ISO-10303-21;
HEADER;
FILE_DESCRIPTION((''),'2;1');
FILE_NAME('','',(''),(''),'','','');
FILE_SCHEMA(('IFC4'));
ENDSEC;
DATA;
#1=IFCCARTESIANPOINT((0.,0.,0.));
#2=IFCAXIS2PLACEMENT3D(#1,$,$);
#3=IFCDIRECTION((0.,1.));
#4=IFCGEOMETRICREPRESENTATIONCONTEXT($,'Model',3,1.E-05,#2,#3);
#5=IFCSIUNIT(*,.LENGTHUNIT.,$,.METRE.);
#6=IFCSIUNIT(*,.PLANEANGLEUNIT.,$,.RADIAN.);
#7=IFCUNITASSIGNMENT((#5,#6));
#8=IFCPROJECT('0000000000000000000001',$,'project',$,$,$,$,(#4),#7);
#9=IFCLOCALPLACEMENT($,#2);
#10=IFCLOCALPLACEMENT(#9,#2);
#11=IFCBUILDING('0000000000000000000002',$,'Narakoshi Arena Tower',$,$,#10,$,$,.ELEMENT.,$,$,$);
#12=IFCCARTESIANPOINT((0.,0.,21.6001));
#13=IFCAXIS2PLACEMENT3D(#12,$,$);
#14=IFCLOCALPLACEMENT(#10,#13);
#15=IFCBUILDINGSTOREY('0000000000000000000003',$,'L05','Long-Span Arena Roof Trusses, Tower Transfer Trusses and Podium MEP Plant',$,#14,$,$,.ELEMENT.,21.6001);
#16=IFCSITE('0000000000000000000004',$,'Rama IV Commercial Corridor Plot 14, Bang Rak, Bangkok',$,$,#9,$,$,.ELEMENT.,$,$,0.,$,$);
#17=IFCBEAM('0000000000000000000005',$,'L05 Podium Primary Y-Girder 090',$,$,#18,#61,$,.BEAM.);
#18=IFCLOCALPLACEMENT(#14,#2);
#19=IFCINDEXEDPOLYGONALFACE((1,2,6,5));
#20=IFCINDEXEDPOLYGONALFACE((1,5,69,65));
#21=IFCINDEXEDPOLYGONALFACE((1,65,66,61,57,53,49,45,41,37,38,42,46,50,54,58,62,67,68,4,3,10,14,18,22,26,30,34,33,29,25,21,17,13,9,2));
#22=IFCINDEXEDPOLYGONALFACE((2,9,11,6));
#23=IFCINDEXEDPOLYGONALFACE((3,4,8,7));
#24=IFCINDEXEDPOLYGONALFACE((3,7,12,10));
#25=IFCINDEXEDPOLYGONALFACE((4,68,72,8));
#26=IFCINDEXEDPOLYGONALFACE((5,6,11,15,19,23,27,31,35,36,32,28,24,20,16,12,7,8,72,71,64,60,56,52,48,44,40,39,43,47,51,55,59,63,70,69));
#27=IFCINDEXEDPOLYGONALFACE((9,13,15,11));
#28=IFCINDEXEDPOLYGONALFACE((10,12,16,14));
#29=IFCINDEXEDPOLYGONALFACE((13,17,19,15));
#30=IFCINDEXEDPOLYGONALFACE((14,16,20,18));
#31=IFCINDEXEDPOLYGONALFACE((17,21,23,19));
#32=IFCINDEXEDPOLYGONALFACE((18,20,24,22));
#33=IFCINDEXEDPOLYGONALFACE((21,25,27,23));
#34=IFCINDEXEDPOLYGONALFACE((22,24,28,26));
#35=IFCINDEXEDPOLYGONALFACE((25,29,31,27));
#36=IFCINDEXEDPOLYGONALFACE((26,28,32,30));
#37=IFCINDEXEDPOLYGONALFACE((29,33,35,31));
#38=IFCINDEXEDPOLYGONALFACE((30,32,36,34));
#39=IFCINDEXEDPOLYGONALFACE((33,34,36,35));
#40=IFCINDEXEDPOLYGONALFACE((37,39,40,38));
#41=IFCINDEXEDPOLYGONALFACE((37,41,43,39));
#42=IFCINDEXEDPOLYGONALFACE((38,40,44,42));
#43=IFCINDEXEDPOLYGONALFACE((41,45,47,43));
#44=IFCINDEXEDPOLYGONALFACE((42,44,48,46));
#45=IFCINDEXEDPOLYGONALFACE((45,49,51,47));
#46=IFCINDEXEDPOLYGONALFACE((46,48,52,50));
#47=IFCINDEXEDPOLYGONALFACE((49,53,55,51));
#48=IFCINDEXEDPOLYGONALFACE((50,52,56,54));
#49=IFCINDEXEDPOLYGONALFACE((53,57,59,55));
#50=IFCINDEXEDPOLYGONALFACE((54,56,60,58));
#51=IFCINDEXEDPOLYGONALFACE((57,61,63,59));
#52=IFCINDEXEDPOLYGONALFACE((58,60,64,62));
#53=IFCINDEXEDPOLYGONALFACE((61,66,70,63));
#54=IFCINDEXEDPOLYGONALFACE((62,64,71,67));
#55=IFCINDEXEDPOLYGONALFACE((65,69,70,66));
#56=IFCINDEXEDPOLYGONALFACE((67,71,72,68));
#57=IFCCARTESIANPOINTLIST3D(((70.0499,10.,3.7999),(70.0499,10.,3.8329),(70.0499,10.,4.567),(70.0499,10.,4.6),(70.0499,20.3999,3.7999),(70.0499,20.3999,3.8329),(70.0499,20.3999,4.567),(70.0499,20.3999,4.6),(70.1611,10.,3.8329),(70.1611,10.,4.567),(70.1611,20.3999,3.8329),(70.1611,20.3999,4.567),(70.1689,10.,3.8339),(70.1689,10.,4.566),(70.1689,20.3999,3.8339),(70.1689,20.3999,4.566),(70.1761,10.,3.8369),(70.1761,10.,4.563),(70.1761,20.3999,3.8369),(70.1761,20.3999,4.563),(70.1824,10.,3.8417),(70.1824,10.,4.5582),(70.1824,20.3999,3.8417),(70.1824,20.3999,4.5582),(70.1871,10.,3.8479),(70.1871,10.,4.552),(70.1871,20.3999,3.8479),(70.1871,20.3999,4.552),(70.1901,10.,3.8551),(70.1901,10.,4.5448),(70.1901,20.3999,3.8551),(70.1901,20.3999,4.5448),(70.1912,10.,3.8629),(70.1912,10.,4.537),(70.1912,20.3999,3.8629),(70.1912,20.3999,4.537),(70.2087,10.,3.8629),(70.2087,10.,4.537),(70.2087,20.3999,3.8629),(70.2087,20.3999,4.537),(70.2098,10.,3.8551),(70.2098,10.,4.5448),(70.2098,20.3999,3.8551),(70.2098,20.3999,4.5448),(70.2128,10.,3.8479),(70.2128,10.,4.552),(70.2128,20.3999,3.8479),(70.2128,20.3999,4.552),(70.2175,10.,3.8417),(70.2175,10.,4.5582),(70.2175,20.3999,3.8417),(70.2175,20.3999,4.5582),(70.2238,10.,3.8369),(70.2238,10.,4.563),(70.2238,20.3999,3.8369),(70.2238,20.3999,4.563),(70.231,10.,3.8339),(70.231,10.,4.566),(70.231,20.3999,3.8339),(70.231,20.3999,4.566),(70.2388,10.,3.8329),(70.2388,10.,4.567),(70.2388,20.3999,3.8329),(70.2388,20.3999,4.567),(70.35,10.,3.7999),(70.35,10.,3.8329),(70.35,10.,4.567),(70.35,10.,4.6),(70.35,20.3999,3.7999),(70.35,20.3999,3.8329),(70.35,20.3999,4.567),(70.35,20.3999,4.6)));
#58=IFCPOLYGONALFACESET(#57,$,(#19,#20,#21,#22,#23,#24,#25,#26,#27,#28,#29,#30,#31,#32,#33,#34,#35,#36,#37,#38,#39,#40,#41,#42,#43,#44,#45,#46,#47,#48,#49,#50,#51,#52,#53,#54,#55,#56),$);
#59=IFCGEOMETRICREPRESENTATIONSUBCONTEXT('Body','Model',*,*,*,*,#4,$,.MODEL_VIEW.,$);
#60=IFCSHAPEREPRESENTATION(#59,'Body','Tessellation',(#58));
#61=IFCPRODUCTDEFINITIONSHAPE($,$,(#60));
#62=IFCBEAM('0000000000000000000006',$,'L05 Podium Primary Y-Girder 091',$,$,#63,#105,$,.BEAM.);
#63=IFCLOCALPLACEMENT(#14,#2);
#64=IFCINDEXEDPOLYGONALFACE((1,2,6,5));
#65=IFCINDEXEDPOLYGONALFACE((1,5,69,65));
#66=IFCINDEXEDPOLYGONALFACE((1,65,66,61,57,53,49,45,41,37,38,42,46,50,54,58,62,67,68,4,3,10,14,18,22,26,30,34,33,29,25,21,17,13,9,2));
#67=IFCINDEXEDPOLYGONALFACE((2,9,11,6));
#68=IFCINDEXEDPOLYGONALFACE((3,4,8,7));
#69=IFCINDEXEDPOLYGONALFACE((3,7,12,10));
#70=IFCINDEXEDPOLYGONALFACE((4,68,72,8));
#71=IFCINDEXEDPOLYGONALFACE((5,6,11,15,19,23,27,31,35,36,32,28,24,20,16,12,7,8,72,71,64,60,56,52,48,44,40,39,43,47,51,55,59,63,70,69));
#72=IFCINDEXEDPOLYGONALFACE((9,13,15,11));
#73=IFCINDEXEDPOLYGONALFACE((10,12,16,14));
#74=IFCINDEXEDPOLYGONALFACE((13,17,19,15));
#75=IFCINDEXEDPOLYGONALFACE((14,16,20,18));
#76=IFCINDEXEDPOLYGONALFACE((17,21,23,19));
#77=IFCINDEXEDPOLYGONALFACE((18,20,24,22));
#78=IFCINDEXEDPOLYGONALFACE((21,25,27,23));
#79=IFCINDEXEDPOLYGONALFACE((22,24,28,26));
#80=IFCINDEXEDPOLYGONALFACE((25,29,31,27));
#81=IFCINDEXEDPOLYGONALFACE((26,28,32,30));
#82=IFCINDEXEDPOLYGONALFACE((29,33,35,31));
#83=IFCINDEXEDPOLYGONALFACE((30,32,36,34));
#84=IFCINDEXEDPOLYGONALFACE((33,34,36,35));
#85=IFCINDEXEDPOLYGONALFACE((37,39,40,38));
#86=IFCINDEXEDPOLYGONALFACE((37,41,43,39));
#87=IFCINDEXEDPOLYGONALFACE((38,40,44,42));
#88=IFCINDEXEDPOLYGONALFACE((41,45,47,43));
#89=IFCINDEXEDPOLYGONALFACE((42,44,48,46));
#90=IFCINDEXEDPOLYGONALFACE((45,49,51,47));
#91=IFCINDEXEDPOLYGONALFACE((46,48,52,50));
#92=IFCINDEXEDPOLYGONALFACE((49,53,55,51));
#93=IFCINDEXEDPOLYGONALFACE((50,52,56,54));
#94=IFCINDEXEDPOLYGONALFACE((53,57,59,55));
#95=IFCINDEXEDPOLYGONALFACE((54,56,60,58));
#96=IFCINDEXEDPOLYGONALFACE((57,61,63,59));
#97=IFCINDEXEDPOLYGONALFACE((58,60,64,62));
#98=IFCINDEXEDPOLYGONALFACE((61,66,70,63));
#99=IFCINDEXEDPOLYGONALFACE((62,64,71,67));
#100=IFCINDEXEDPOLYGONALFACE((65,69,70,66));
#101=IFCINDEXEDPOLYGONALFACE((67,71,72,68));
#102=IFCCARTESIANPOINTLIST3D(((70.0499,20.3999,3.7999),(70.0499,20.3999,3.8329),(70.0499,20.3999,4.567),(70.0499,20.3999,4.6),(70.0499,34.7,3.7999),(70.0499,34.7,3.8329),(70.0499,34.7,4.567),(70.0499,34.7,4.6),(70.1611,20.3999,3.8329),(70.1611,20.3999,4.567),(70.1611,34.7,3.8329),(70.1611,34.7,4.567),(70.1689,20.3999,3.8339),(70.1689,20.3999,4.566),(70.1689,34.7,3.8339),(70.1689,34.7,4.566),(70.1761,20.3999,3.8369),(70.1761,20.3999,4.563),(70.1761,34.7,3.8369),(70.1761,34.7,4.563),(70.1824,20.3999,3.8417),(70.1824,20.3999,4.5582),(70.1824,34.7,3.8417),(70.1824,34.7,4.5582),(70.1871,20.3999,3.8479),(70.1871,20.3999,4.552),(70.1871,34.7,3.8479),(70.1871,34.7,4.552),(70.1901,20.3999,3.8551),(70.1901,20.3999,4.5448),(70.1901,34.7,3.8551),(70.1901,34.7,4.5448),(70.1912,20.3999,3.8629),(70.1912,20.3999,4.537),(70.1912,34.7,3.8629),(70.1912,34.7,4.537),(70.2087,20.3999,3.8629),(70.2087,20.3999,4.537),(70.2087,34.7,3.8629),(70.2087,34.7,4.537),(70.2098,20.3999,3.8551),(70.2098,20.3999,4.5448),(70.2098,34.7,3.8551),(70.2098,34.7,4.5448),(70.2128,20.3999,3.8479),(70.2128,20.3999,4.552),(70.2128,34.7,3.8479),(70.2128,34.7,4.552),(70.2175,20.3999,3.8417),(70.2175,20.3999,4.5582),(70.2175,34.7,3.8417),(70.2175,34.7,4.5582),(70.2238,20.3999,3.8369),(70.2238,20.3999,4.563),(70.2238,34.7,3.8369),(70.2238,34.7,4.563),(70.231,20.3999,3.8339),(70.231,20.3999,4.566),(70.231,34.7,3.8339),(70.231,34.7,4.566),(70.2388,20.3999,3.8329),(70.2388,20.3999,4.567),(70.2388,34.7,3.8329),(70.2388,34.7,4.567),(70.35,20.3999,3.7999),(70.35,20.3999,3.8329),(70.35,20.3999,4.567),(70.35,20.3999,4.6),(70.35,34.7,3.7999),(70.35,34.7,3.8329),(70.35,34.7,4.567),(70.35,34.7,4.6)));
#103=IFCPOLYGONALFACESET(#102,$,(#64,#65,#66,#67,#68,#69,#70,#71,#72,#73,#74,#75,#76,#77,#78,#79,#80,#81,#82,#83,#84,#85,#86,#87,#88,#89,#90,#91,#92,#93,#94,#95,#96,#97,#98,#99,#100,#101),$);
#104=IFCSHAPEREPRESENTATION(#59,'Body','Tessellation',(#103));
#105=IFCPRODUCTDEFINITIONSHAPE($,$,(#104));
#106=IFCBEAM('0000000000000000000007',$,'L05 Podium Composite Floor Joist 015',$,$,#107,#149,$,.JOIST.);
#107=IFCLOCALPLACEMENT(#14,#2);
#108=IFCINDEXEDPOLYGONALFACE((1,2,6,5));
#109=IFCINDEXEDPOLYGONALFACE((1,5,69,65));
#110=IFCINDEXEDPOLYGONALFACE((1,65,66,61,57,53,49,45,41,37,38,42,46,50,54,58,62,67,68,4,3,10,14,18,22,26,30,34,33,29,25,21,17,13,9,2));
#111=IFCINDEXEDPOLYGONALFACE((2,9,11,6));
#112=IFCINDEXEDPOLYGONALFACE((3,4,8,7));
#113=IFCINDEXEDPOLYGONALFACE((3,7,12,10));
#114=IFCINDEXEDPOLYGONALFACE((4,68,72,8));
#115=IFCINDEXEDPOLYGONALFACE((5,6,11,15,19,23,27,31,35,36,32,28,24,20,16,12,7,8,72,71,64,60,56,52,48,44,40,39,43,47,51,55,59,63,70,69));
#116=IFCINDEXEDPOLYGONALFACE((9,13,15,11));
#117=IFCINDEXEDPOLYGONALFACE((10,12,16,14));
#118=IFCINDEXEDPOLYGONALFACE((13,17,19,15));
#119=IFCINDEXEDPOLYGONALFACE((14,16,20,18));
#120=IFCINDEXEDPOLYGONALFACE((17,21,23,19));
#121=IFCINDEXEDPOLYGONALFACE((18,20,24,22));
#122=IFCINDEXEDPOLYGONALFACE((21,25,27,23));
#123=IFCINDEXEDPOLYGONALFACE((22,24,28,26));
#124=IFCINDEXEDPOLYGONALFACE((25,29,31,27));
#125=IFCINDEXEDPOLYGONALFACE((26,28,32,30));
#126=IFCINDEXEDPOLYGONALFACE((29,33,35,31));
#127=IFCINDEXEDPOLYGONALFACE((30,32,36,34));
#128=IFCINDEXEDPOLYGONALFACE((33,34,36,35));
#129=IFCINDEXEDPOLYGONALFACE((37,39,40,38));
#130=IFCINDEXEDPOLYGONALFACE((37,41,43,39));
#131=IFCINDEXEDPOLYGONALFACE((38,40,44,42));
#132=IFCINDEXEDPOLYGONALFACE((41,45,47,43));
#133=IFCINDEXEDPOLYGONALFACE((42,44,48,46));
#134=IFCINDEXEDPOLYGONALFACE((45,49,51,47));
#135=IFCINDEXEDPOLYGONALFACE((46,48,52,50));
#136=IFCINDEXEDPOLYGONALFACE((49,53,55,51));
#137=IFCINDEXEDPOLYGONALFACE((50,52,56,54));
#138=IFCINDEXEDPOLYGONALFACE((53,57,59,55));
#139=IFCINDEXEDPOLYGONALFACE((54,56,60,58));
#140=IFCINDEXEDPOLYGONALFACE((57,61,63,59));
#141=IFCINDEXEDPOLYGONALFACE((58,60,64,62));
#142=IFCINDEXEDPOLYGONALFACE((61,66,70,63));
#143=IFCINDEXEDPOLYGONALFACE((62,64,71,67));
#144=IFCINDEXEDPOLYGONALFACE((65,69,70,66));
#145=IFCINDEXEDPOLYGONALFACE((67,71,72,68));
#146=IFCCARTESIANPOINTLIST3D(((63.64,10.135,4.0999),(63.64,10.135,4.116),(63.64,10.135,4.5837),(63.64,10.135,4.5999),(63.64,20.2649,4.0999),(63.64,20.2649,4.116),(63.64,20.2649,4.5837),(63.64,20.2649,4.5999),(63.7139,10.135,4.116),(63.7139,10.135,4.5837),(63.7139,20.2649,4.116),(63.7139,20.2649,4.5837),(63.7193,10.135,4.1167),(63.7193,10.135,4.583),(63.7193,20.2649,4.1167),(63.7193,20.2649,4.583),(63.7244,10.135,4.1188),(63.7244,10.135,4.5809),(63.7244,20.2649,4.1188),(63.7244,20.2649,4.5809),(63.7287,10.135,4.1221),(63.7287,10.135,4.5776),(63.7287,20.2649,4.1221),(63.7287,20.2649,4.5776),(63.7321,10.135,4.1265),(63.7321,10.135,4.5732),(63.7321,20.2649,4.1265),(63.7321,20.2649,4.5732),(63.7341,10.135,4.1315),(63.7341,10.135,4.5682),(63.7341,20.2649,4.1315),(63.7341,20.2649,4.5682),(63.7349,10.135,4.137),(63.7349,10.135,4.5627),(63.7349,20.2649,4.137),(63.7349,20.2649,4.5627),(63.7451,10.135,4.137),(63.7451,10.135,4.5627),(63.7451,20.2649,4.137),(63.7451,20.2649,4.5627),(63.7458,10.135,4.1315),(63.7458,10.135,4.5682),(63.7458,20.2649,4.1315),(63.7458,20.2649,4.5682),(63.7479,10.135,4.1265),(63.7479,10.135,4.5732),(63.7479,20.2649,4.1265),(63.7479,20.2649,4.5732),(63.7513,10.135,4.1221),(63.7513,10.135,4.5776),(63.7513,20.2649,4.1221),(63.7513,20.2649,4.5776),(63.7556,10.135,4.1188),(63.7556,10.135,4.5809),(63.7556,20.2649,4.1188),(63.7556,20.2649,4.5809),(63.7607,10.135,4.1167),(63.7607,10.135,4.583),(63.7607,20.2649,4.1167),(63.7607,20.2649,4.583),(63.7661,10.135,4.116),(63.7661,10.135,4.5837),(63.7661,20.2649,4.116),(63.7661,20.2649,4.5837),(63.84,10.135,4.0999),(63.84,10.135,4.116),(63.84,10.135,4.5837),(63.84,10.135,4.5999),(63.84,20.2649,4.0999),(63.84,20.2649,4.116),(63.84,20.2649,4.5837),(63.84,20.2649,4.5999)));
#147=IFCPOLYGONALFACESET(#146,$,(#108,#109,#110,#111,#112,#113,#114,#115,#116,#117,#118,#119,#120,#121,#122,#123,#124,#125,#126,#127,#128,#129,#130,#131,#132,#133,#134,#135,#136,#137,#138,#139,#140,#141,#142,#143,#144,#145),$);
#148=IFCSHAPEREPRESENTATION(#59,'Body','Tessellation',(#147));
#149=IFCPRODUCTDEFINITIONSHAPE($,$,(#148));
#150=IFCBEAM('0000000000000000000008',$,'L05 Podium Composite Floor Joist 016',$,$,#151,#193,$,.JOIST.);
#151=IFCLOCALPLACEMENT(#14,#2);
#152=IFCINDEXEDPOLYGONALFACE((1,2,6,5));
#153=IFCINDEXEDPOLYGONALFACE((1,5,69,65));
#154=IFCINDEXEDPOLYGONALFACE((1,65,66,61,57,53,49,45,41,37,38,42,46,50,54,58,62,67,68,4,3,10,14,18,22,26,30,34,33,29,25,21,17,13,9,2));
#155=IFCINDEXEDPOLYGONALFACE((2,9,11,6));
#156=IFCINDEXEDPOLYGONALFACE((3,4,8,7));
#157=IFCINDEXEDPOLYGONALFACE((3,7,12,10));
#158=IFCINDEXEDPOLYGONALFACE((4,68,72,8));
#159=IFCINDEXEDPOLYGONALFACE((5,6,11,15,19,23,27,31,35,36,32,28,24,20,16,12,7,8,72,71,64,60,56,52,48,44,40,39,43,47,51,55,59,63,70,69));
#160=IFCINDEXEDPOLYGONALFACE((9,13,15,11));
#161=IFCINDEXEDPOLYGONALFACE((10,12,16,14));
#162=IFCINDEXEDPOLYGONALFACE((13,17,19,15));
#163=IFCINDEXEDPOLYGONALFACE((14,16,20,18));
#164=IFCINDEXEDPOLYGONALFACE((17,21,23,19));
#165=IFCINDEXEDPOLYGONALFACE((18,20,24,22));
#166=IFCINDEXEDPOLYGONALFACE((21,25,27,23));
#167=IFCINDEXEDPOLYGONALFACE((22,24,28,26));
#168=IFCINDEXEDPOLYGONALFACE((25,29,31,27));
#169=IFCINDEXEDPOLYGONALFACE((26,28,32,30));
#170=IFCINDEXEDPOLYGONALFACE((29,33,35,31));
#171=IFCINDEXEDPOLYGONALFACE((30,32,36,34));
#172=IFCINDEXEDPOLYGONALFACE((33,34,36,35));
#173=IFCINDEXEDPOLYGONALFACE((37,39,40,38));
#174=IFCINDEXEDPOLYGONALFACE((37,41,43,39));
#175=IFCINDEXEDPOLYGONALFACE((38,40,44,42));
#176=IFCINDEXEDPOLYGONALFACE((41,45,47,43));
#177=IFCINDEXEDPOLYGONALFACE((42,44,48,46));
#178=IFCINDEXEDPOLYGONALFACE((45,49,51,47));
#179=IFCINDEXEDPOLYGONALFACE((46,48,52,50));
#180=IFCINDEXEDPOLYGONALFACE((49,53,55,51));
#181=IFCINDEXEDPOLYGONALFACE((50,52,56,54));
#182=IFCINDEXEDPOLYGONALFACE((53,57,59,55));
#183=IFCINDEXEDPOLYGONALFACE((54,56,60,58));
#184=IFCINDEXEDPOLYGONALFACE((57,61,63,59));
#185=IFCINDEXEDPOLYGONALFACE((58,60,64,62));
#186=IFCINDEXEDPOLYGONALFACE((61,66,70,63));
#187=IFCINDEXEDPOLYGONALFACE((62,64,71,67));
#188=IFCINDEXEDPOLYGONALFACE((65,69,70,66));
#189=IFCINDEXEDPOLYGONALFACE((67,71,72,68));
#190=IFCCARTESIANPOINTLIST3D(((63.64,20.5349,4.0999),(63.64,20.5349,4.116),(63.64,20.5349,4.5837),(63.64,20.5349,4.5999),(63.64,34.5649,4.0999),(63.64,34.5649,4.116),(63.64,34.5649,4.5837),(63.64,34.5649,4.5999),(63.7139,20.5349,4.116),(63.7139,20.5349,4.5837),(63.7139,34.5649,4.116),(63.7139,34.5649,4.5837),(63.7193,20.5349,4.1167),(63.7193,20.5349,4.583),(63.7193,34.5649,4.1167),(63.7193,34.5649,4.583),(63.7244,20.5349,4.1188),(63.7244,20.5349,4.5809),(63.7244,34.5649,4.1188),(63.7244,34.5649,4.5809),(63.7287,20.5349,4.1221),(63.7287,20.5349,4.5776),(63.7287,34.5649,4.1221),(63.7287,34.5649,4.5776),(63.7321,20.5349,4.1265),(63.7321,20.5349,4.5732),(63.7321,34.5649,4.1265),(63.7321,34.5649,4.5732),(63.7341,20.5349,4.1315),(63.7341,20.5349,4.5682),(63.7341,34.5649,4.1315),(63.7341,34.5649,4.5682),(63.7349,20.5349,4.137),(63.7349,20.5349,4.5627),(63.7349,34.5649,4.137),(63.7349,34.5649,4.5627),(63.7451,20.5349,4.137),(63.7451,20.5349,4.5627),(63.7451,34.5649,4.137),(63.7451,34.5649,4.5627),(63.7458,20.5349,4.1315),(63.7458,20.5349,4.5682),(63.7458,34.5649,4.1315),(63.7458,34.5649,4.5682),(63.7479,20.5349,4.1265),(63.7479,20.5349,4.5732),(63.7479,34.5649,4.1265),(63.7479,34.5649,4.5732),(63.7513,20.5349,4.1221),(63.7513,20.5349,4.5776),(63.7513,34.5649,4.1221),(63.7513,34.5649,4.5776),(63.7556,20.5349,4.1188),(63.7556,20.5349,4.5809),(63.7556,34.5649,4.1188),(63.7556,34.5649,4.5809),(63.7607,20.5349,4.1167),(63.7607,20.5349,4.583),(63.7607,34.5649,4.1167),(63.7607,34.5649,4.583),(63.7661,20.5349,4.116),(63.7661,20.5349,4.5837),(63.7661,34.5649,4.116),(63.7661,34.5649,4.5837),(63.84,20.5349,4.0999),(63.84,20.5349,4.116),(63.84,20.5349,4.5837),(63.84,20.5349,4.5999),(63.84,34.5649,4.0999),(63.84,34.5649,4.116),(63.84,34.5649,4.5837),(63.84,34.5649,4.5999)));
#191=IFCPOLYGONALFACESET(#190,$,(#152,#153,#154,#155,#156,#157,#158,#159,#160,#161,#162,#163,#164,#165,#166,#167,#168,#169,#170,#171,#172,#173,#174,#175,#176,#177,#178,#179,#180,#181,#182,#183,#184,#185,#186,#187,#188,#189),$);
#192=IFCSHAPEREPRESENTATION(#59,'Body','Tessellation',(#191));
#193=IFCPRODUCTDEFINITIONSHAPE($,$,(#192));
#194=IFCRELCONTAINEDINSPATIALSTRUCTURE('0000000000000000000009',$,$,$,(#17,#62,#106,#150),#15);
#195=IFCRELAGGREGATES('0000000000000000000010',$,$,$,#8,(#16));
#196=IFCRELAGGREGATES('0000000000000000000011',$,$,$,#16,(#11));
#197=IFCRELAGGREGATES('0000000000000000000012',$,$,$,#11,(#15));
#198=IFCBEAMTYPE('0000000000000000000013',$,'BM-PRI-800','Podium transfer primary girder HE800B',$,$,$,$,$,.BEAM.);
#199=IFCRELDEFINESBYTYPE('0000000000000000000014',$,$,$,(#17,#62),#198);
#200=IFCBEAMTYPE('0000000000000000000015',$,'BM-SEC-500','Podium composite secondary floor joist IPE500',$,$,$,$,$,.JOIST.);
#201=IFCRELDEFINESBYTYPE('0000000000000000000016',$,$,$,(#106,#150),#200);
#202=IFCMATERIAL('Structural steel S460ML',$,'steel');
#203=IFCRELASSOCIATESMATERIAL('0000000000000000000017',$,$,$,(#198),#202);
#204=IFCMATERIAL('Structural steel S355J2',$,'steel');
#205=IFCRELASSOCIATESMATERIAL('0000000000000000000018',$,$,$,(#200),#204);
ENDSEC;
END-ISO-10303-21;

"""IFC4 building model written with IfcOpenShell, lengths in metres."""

from ifc_helpers import new_model, si_unit, direction, frame, origin, origin_2d, place, context, subcontext, project, spatial, i_section, extrude, material, material_profile, profile_set, type_object, element, save


model = new_model("IFC4")

# Units and contexts
model_context = context("Model", 3, precision=1e-05, world=origin(), true_north=direction((0.0, 1.0)))
body_context = subcontext(model_context, "Body", "Model", "MODEL_VIEW")
ifc_project = project(units=[si_unit("LENGTHUNIT", "METRE"), si_unit("PLANEANGLEUNIT", "RADIAN")], contexts=[model_context])

# Site, building, storey
site_placement = place(None, origin())
site = spatial("IfcSite", under=ifc_project, at=site_placement, Name="Rama IV Commercial Corridor Plot 14, Bang Rak, Bangkok", CompositionType="ELEMENT", RefElevation=0.0)
building_placement = place(site_placement, origin())
building = spatial("IfcBuilding", under=site, at=building_placement, Name="Narakoshi Arena Tower", CompositionType="ELEMENT")
storey_placement = place(building_placement, frame((0.0, 0.0, 21.6001)))
storey = spatial("IfcBuildingStorey", under=building, at=storey_placement, Name="L05", Description="Long-Span Arena Roof Trusses, Tower Transfer Trusses and Podium MEP Plant", CompositionType="ELEMENT", Elevation=21.6001)

# Beams
ifc_material_1 = material(Name="Structural steel S460ML", Category="steel")
ifc_material_profile_1 = material_profile(ifc_material_1, i_section(OverallWidth=0.3, OverallDepth=0.8, WebThickness=0.0176, FlangeThickness=0.033, FilletRadius=0.03, at=origin_2d()), Name="HE800B")
ifc_profile_set_1 = profile_set([ifc_material_profile_1], Name="Structural steel S460ML")
beam_type_1 = type_object("IfcBeamType", Name="BM-PRI-800", Description="Podium transfer primary girder HE800B", PredefinedType="BEAM", material=ifc_profile_set_1)
beam_1_placement = place(storey_placement, frame((70.2, 10.0, 4.2), z_axis=(0.0, 1.0, 0.0), x_axis=(-1.0, 0.0, 0.0)))
element("IfcBeam", 1, at=beam_1_placement, inside=storey, type_object=beam_type_1, Name="L05 Podium Primary Y-Girder 090", PredefinedType="BEAM", context=body_context, shape_type="SweptSolid", body=[
    extrude(i_section(OverallWidth=0.3, OverallDepth=0.8, WebThickness=0.0176, FlangeThickness=0.033, FilletRadius=0.03, at=origin_2d()), origin(), (0.0, 0.0, 1.0), 10.3999),
])
beam_2_placement = place(storey_placement, frame((70.2, 20.3999, 4.2), z_axis=(0.0, 1.0, 0.0), x_axis=(-1.0, 0.0, 0.0)))
element("IfcBeam", 2, at=beam_2_placement, inside=storey, type_object=beam_type_1, Name="L05 Podium Primary Y-Girder 091", PredefinedType="BEAM", context=body_context, shape_type="SweptSolid", body=[
    extrude(i_section(OverallWidth=0.3, OverallDepth=0.8, WebThickness=0.0176, FlangeThickness=0.033, FilletRadius=0.03, at=origin_2d()), origin(), (0.0, 0.0, 1.0), 14.3),
])
ifc_material_2 = material(Name="Structural steel S355J2", Category="steel")
ifc_material_profile_2 = material_profile(ifc_material_2, i_section(OverallWidth=0.2, OverallDepth=0.5, WebThickness=0.0103, FlangeThickness=0.0161, FilletRadius=0.021, at=origin_2d()), Name="IPE500")
ifc_profile_set_2 = profile_set([ifc_material_profile_2], Name="Structural steel S355J2")
beam_type_2 = type_object("IfcBeamType", Name="BM-SEC-500", Description="Podium composite secondary floor joist IPE500", PredefinedType="JOIST", material=ifc_profile_set_2)
beam_3_placement = place(storey_placement, frame((63.74, 10.135, 4.3499), z_axis=(0.0, 1.0, 0.0), x_axis=(-1.0, 0.0, 0.0)))
element("IfcBeam", 3, at=beam_3_placement, inside=storey, type_object=beam_type_2, Name="L05 Podium Composite Floor Joist 015", PredefinedType="JOIST", context=body_context, shape_type="SweptSolid", body=[
    extrude(i_section(OverallWidth=0.2, OverallDepth=0.5, WebThickness=0.0103, FlangeThickness=0.0161, FilletRadius=0.021, at=origin_2d()), origin(), (0.0, 0.0, 1.0), 10.1299),
])
beam_4_placement = place(storey_placement, frame((63.74, 20.5349, 4.3499), z_axis=(0.0, 1.0, 0.0), x_axis=(-1.0, 0.0, 0.0)))
element("IfcBeam", 4, at=beam_4_placement, inside=storey, type_object=beam_type_2, Name="L05 Podium Composite Floor Joist 016", PredefinedType="JOIST", context=body_context, shape_type="SweptSolid", body=[
    extrude(i_section(OverallWidth=0.2, OverallDepth=0.5, WebThickness=0.0103, FlangeThickness=0.0161, FilletRadius=0.021, at=origin_2d()), origin(), (0.0, 0.0, 1.0), 14.03),
])

save(model, "model.ifc")
